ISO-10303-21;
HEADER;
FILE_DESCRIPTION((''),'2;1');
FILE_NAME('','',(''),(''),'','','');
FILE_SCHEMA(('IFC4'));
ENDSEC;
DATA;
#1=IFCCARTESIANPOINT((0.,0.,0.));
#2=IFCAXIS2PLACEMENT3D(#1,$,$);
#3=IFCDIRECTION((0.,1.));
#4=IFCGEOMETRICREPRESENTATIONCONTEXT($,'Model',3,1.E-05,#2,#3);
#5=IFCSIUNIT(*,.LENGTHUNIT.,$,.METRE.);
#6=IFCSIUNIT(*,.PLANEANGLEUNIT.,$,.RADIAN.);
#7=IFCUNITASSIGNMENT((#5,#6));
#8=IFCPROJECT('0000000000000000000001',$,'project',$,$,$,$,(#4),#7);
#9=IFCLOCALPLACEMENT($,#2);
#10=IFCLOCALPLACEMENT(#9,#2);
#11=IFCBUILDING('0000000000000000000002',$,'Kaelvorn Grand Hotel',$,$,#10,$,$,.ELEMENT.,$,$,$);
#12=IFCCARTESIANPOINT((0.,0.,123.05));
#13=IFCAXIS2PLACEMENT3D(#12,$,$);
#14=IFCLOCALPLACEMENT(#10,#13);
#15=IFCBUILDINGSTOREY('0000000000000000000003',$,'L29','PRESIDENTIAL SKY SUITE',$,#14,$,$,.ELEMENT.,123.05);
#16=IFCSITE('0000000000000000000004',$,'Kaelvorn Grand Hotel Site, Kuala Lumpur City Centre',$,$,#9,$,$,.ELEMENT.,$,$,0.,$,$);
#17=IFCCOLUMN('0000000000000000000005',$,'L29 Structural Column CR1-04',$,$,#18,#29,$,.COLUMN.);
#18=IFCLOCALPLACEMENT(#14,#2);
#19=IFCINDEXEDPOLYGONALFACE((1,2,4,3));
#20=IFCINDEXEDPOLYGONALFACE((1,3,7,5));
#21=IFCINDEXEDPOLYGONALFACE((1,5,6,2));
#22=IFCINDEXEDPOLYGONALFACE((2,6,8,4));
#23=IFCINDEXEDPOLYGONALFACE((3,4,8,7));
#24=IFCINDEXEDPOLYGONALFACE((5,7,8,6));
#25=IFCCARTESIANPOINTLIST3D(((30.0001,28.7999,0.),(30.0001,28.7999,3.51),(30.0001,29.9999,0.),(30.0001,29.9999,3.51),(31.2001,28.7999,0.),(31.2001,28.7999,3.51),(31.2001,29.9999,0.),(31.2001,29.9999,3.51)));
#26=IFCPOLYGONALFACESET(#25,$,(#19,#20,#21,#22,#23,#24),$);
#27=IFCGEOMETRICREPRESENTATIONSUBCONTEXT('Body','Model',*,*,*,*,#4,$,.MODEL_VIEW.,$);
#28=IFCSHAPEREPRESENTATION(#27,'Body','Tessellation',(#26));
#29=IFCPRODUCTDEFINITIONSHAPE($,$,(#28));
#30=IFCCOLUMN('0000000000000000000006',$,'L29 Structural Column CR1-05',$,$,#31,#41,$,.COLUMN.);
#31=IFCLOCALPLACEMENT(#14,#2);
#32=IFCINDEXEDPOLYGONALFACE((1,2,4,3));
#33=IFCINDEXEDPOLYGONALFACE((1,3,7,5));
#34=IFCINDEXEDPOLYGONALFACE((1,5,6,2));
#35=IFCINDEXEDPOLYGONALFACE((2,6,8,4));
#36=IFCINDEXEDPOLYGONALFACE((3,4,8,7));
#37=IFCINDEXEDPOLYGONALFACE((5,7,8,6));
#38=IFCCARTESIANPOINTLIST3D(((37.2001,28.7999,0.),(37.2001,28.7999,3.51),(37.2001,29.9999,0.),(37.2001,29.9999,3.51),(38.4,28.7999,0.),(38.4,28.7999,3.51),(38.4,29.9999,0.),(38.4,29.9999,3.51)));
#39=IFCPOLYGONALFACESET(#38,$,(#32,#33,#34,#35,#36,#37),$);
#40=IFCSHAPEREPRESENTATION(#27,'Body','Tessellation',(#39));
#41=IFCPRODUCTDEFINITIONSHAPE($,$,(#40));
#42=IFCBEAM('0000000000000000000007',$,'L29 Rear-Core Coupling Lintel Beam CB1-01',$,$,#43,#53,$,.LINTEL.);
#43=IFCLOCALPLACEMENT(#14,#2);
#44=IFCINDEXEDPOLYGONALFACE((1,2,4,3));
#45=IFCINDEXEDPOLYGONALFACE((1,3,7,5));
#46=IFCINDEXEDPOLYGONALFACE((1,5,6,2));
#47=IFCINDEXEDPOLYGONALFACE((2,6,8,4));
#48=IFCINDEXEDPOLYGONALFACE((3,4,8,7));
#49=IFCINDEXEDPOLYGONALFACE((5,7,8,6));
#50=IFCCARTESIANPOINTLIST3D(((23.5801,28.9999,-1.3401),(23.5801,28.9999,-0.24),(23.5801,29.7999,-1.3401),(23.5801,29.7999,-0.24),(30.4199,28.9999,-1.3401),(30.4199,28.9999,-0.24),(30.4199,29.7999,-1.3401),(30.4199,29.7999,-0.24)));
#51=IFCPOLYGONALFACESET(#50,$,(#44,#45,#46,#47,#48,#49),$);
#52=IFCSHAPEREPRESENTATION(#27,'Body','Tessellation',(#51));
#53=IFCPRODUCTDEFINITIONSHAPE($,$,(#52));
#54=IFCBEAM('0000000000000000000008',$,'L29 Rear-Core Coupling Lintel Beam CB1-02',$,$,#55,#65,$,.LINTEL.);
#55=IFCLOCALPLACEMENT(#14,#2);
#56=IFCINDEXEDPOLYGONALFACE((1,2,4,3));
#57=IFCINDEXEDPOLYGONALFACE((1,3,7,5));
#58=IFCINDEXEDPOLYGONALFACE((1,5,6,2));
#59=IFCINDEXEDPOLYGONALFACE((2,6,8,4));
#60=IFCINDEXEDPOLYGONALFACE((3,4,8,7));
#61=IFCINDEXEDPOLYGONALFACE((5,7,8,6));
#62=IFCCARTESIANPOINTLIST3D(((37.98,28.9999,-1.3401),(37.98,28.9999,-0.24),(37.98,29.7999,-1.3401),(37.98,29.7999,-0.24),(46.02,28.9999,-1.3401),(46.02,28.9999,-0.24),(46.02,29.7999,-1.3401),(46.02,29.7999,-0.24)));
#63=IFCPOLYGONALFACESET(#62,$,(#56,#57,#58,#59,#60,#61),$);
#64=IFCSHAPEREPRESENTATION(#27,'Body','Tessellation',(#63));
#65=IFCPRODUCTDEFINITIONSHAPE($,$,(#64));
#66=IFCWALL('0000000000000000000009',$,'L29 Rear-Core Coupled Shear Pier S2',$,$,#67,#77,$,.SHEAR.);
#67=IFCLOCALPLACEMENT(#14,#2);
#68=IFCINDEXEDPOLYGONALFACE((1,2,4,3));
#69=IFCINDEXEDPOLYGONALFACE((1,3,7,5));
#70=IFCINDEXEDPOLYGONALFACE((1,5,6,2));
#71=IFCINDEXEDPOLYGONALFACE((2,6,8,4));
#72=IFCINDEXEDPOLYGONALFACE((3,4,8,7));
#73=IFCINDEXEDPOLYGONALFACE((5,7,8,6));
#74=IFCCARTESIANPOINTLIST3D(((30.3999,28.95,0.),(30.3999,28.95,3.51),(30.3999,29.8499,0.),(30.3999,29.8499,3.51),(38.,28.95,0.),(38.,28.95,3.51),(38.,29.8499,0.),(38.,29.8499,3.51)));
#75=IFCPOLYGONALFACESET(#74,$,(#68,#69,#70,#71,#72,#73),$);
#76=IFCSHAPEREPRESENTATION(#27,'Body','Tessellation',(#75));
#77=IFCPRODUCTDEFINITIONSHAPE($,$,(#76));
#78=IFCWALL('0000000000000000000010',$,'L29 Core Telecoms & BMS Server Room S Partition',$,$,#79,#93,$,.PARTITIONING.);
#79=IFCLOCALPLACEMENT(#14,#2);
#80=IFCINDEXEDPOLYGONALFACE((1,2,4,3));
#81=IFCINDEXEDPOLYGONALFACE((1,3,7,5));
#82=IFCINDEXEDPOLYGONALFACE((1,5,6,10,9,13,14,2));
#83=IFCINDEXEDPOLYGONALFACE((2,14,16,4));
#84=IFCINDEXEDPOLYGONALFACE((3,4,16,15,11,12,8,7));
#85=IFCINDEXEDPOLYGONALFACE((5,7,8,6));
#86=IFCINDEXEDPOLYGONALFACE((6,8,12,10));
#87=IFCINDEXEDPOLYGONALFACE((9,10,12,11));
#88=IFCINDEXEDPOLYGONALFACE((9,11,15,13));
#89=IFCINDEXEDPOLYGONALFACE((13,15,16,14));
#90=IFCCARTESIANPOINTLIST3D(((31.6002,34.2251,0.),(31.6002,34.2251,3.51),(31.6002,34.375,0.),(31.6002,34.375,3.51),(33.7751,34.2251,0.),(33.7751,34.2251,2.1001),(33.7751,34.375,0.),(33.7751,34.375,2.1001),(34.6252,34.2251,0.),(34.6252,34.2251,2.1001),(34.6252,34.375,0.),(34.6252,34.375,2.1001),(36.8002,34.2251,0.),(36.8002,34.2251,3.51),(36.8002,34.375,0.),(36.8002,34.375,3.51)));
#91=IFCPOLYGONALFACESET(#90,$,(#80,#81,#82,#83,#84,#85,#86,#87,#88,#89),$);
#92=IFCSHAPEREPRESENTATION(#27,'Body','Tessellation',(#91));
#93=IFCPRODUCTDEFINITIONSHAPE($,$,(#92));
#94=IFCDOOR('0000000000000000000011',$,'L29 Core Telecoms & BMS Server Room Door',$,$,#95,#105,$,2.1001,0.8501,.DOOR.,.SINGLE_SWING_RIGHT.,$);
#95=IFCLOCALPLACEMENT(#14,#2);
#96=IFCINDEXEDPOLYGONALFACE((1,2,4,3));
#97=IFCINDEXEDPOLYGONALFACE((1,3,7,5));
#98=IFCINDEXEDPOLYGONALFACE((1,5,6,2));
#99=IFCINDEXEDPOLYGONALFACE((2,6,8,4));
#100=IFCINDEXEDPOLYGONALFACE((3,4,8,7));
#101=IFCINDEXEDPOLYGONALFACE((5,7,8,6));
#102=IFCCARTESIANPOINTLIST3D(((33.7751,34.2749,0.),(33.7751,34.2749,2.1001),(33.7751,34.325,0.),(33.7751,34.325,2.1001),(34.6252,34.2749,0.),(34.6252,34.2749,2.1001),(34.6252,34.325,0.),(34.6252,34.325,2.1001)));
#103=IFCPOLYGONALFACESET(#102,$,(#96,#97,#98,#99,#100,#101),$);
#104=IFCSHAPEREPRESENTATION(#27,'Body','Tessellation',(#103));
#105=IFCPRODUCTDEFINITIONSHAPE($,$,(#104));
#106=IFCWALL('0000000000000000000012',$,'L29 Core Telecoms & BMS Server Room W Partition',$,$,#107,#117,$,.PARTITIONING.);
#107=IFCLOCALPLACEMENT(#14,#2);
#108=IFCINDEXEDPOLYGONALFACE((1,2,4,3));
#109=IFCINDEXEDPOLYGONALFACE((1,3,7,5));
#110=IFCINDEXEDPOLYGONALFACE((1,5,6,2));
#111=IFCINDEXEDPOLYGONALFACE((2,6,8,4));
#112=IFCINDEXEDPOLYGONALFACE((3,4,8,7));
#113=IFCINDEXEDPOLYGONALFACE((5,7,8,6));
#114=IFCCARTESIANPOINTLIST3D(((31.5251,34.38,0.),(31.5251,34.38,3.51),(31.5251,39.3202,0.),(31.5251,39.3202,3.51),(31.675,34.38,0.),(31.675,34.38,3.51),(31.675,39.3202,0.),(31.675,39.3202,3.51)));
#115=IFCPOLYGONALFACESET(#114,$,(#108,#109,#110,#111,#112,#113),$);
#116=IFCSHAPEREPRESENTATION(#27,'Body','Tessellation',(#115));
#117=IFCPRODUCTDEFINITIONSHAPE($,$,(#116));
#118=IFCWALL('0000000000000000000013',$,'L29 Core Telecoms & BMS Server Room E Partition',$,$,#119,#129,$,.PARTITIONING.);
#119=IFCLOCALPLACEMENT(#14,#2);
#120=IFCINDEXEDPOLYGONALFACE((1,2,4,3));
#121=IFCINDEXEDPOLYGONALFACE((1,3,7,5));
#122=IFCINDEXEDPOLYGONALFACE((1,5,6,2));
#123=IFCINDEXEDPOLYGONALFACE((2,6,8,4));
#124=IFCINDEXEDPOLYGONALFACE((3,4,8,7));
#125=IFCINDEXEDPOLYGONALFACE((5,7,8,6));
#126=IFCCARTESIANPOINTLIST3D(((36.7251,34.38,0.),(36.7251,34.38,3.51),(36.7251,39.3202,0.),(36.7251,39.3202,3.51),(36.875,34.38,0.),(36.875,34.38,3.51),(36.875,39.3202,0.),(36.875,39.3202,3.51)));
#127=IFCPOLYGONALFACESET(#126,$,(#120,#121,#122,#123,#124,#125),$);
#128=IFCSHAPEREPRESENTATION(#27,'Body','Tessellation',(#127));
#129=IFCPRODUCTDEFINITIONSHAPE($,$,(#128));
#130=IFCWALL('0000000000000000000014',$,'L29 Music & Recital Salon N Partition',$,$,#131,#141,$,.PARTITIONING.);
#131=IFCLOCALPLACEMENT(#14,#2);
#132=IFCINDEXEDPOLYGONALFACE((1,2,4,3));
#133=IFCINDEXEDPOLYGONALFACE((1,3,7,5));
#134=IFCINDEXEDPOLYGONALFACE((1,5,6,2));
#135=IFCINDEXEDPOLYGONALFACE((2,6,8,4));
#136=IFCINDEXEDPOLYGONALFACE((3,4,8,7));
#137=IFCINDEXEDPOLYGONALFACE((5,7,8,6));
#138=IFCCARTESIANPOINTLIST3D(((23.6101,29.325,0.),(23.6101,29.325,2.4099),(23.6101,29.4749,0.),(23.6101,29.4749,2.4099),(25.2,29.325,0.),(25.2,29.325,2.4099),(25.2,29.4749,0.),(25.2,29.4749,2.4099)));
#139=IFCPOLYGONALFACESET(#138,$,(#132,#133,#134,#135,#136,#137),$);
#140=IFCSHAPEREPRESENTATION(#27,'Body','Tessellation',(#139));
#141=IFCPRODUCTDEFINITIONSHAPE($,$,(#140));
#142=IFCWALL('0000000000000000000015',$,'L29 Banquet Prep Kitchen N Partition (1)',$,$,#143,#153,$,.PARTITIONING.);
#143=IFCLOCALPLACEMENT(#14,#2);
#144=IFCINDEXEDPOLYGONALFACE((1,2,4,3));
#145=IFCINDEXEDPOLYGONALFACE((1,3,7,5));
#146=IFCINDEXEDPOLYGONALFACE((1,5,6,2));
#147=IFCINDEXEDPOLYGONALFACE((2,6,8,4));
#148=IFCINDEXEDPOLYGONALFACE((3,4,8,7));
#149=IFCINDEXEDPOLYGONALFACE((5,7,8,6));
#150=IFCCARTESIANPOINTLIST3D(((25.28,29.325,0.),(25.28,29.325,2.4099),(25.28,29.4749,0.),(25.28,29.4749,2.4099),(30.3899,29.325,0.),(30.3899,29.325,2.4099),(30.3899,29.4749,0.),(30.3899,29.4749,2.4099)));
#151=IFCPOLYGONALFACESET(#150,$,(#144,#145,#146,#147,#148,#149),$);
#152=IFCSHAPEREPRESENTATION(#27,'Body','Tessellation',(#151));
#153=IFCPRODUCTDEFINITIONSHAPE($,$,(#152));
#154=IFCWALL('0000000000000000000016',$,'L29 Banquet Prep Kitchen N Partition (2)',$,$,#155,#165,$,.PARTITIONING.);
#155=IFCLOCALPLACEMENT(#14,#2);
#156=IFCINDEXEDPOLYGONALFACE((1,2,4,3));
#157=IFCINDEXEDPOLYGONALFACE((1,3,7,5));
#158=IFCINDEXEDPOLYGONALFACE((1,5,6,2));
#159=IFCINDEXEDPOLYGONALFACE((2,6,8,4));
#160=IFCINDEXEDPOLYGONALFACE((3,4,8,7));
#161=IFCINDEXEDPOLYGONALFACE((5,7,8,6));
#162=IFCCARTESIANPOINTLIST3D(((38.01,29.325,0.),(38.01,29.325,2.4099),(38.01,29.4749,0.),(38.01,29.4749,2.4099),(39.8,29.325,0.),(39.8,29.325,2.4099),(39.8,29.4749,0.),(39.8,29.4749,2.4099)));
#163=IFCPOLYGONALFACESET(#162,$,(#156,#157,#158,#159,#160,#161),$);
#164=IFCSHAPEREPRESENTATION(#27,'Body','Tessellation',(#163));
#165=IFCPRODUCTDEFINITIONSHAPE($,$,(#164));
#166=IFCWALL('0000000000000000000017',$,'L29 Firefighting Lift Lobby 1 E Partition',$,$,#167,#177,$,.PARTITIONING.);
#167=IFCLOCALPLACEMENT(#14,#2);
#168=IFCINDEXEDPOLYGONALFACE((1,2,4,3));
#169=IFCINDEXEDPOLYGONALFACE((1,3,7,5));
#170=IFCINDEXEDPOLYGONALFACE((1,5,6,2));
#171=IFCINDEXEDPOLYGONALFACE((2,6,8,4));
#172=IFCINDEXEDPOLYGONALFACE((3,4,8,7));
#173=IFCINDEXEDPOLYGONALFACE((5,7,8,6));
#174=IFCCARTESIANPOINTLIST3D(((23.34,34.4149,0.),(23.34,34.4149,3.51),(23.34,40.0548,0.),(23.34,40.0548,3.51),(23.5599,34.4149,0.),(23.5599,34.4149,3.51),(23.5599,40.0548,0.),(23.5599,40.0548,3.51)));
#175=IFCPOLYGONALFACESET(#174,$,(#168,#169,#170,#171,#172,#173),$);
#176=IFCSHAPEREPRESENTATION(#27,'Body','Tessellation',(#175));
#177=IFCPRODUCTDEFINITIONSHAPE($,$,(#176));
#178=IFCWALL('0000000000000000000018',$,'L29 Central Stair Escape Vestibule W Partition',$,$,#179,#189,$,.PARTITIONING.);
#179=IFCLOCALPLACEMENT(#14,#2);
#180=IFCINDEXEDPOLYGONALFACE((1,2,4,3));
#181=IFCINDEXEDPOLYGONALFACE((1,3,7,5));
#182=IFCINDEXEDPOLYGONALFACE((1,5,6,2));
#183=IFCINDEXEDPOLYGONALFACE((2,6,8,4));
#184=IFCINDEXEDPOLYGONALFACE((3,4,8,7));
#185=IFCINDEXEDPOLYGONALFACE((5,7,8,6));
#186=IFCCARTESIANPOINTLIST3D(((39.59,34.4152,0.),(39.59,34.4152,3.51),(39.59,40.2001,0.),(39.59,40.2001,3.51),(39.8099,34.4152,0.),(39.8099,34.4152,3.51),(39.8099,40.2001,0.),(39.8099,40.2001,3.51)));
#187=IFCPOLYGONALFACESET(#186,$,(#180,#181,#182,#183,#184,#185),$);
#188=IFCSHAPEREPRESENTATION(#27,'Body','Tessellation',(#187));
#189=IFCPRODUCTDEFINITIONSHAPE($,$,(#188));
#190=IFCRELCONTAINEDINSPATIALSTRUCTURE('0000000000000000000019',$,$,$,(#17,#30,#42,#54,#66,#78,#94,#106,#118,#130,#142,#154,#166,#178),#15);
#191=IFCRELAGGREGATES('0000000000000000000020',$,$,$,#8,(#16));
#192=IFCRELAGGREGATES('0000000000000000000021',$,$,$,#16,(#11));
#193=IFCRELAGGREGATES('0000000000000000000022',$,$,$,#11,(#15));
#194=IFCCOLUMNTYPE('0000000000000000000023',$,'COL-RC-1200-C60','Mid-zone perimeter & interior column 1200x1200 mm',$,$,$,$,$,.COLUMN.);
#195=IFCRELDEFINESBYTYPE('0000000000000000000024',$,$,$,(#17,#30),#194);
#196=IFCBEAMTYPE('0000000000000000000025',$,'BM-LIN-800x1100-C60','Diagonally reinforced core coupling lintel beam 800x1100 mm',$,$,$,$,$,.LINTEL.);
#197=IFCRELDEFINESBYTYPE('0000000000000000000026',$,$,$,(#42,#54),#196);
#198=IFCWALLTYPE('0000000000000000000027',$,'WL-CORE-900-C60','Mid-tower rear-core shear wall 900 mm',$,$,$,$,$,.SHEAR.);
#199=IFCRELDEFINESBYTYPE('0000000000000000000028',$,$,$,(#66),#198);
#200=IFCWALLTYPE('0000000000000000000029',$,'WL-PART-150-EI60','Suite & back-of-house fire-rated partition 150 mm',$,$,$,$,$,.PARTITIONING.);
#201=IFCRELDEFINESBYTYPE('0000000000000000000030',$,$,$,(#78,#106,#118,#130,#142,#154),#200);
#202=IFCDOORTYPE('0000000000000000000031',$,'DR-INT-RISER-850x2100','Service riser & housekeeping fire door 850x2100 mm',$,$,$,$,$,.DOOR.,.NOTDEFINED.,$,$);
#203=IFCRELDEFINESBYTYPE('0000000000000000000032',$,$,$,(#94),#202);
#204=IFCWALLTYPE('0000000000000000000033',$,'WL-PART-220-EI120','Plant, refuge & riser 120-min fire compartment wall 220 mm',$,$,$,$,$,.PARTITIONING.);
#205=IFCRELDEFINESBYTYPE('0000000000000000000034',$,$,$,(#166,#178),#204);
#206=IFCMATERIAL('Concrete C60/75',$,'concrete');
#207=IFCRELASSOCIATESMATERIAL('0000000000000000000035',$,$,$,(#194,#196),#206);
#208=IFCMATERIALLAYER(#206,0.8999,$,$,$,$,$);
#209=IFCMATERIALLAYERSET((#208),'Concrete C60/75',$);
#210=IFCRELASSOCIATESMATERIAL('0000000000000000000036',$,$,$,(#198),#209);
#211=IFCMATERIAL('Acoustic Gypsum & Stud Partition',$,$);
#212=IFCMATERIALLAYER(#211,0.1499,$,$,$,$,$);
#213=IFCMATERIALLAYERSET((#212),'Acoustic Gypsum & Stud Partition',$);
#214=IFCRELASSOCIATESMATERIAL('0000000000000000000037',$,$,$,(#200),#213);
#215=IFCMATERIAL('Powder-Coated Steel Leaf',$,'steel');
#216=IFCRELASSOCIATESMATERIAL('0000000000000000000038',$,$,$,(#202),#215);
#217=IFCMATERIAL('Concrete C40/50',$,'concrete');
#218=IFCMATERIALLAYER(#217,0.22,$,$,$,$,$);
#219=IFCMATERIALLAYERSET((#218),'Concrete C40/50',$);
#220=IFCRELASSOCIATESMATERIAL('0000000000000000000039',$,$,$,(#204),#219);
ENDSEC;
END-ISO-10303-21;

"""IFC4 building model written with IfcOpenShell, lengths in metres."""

from ifc_helpers import new_model, si_unit, direction, frame, frame_2d, origin, origin_2d, place, context, subcontext, project, spatial, rectangle, extrude, material, layer, layer_set, material_profile, profile_set, type_object, element, fill, save


model = new_model("IFC4")

# Units and contexts
model_context = context("Model", 3, precision=1e-05, world=origin(), true_north=direction((0.0, 1.0)))
body_context = subcontext(model_context, "Body", "Model", "MODEL_VIEW")
ifc_project = project(units=[si_unit("LENGTHUNIT", "METRE"), si_unit("PLANEANGLEUNIT", "RADIAN")], contexts=[model_context])

# Site, building, storey
site_placement = place(None, origin())
site = spatial("IfcSite", under=ifc_project, at=site_placement, Name="Kaelvorn Grand Hotel Site, Kuala Lumpur City Centre", CompositionType="ELEMENT", RefElevation=0.0)
building_placement = place(site_placement, origin())
building = spatial("IfcBuilding", under=site, at=building_placement, Name="Kaelvorn Grand Hotel", CompositionType="ELEMENT")
storey_placement = place(building_placement, frame((0.0, 0.0, 123.05)))
storey = spatial("IfcBuildingStorey", under=building, at=storey_placement, Name="L29", Description="PRESIDENTIAL SKY SUITE", CompositionType="ELEMENT", Elevation=123.05)

# Columns
ifc_material_1 = material(Name="Concrete C60/75", Category="concrete")
ifc_material_profile_1 = material_profile(ifc_material_1, rectangle(XDim=1.2, YDim=1.2, at=origin_2d()), Name="RC COL 1200x1200")
ifc_profile_set_1 = profile_set([ifc_material_profile_1], Name="Concrete C60/75")
column_type = type_object("IfcColumnType", Name="COL-RC-1200-C60", Description="Mid-zone perimeter & interior column 1200x1200 mm", PredefinedType="COLUMN", material=ifc_profile_set_1)
for number, where, z_axis, x_axis, name in (
    (1, (30.6001, 29.3999, 0.0), (0.0, 0.0, 1.0), (1.0, 0.0, 0.0), "L29 Structural Column CR1-04"),
    (2, (37.8, 29.3999, 0.0), (0.0, 0.0, 1.0), (1.0, 0.0, 0.0), "L29 Structural Column CR1-05"),
):
    element("IfcColumn", number, at=place(storey_placement, frame(where, z_axis=z_axis, x_axis=x_axis)), inside=storey, type_object=column_type, Name=name, PredefinedType="COLUMN", context=body_context, shape_type="SweptSolid", body=[
        extrude(rectangle(XDim=1.2, YDim=1.2, at=origin_2d()), origin(), (0.0, 0.0, 1.0), 3.51),
    ])

# Beams
ifc_material_profile_2 = material_profile(ifc_material_1, rectangle(XDim=0.8, YDim=1.1001, at=origin_2d()), Name="RC LINTEL 800x1100")
ifc_profile_set_2 = profile_set([ifc_material_profile_2], Name="Concrete C60/75")
beam_type = type_object("IfcBeamType", Name="BM-LIN-800x1100-C60", Description="Diagonally reinforced core coupling lintel beam 800x1100 mm", PredefinedType="LINTEL", material=ifc_profile_set_2)
beam_1_placement = place(storey_placement, frame((23.5801, 29.3999, -0.79), z_axis=(1.0, 0.0, 0.0), x_axis=(0.0, 1.0, 0.0)))
element("IfcBeam", 3, at=beam_1_placement, inside=storey, type_object=beam_type, Name="L29 Rear-Core Coupling Lintel Beam CB1-01", PredefinedType="LINTEL", context=body_context, shape_type="SweptSolid", body=[
    extrude(rectangle(XDim=0.8, YDim=1.1001, at=origin_2d()), origin(), (0.0, 0.0, 1.0), 6.8398),
])
beam_2_placement = place(storey_placement, frame((37.98, 29.3999, -0.79), z_axis=(1.0, 0.0, 0.0), x_axis=(0.0, 1.0, 0.0)))
element("IfcBeam", 4, at=beam_2_placement, inside=storey, type_object=beam_type, Name="L29 Rear-Core Coupling Lintel Beam CB1-02", PredefinedType="LINTEL", context=body_context, shape_type="SweptSolid", body=[
    extrude(rectangle(XDim=0.8, YDim=1.1001, at=origin_2d()), origin(), (0.0, 0.0, 1.0), 8.04),
])

# Wall
ifc_layer_1 = layer(ifc_material_1, 0.8999)
ifc_layer_set_1 = layer_set([ifc_layer_1], Name="Concrete C60/75")
wall_type_1 = type_object("IfcWallType", Name="WL-CORE-900-C60", Description="Mid-tower rear-core shear wall 900 mm", PredefinedType="SHEAR", material=ifc_layer_set_1)
wall_1_placement = place(storey_placement, frame((30.3999, 29.3999, 0.0), z_axis=(0.0, 0.0, 1.0), x_axis=(1.0, 0.0, 0.0)))
element("IfcWall", 5, at=wall_1_placement, inside=storey, type_object=wall_type_1, Name="L29 Rear-Core Coupled Shear Pier S2", PredefinedType="SHEAR", context=body_context, shape_type="SweptSolid", body=[
    extrude(rectangle(XDim=7.6001, YDim=0.8999, at=frame_2d((3.8, 0.0))), origin(), (0.0, 0.0, 1.0), 3.51),
])

# Wall, opening, door
ifc_material_2 = material(Name="Acoustic Gypsum & Stud Partition")
ifc_layer_2 = layer(ifc_material_2, 0.1499)
ifc_layer_set_2 = layer_set([ifc_layer_2], Name="Acoustic Gypsum & Stud Partition")
wall_type_2 = type_object("IfcWallType", Name="WL-PART-150-EI60", Description="Suite & back-of-house fire-rated partition 150 mm", PredefinedType="PARTITIONING", material=ifc_layer_set_2)
wall_2_placement = place(storey_placement, frame((31.6001, 34.3, 0.0), z_axis=(0.0, 0.0, 1.0), x_axis=(1.0, 0.0, 0.0)))
wall_2 = element("IfcWall", 6, at=wall_2_placement, inside=storey, type_object=wall_type_2, Name="L29 Core Telecoms & BMS Server Room S Partition", PredefinedType="PARTITIONING", context=body_context, shape_type="SweptSolid", body=[
    extrude(rectangle(XDim=5.2, YDim=0.1499, at=frame_2d((2.6001, 0.0))), origin(), (0.0, 0.0, 1.0), 3.51),
])
opening_1_placement = place(wall_2_placement, frame((2.175, 0.0, 0.0)))
opening_1 = element("IfcOpeningElement", 7, at=opening_1_placement, cuts=wall_2, PredefinedType="OPENING", context=body_context, shape_type="SweptSolid", body=[
    extrude(rectangle(XDim=0.8501, YDim=2.1001, at=frame_2d((0.425, 1.05))), frame((0.0, 0.085, 0.0), z_axis=(0.0, -1.0, 0.0), x_axis=(1.0, 0.0, 0.0)), (0.0, 0.0, 1.0), 0.1699),
])
ifc_material_3 = material(Name="Powder-Coated Steel Leaf", Category="steel")
door_type_1 = type_object("IfcDoorType", Name="DR-INT-RISER-850x2100", Description="Service riser & housekeeping fire door 850x2100 mm", OperationType="NOTDEFINED", PredefinedType="DOOR", material=ifc_material_3)
door_1_placement = place(opening_1_placement, origin())
door_1 = element("IfcDoor", 8, at=door_1_placement, inside=storey, type_object=door_type_1, Name="L29 Core Telecoms & BMS Server Room Door", OperationType="SINGLE_SWING_RIGHT", OverallHeight=2.1001, OverallWidth=0.8501, PredefinedType="DOOR", context=body_context, shape_type="SweptSolid", body=[
    extrude(rectangle(XDim=0.8501, YDim=2.1001, at=frame_2d((0.425, 1.05))), frame((0.0, 0.0249, 0.0), z_axis=(0.0, -1.0, 0.0), x_axis=(1.0, 0.0, 0.0)), (0.0, 0.0, 1.0), 0.05),
])
fill(opening_1, door_1)

# Walls
for number, where, z_axis, x_axis, name in (
    (9, (31.6001, 34.3799, 0.0), (0.0, 0.0, 1.0), (0.0, 1.0, 0.0), "L29 Core Telecoms & BMS Server Room W Partition"),
    (10, (36.8, 34.3799, 0.0), (0.0, 0.0, 1.0), (0.0, 1.0, 0.0), "L29 Core Telecoms & BMS Server Room E Partition"),
):
    element("IfcWall", number, at=place(storey_placement, frame(where, z_axis=z_axis, x_axis=x_axis)), inside=storey, type_object=wall_type_2, Name=name, PredefinedType="PARTITIONING", context=body_context, shape_type="SweptSolid", body=[
        extrude(rectangle(XDim=4.9402, YDim=0.1499, at=frame_2d((2.4702, 0.0))), origin(), (0.0, 0.0, 1.0), 3.51),
    ])
wall_3_placement = place(storey_placement, frame((23.6101, 29.3999, 0.0), z_axis=(0.0, 0.0, 1.0), x_axis=(1.0, 0.0, 0.0)))
element("IfcWall", 11, at=wall_3_placement, inside=storey, type_object=wall_type_2, Name="L29 Music & Recital Salon N Partition", PredefinedType="PARTITIONING", context=body_context, shape_type="SweptSolid", body=[
    extrude(rectangle(XDim=1.5898, YDim=0.1499, at=frame_2d((0.7949, 0.0))), origin(), (0.0, 0.0, 1.0), 2.4099),
])
wall_4_placement = place(storey_placement, frame((25.28, 29.3999, 0.0), z_axis=(0.0, 0.0, 1.0), x_axis=(1.0, 0.0, 0.0)))
element("IfcWall", 12, at=wall_4_placement, inside=storey, type_object=wall_type_2, Name="L29 Banquet Prep Kitchen N Partition (1)", PredefinedType="PARTITIONING", context=body_context, shape_type="SweptSolid", body=[
    extrude(rectangle(XDim=5.1099, YDim=0.1499, at=frame_2d((2.5549, 0.0))), origin(), (0.0, 0.0, 1.0), 2.4099),
])
wall_5_placement = place(storey_placement, frame((38.01, 29.3999, 0.0), z_axis=(0.0, 0.0, 1.0), x_axis=(1.0, 0.0, 0.0)))
element("IfcWall", 13, at=wall_5_placement, inside=storey, type_object=wall_type_2, Name="L29 Banquet Prep Kitchen N Partition (2)", PredefinedType="PARTITIONING", context=body_context, shape_type="SweptSolid", body=[
    extrude(rectangle(XDim=1.79, YDim=0.1499, at=frame_2d((0.895, 0.0))), origin(), (0.0, 0.0, 1.0), 2.4099),
])
ifc_material_4 = material(Name="Concrete C40/50", Category="concrete")
ifc_layer_3 = layer(ifc_material_4, 0.22)
ifc_layer_set_3 = layer_set([ifc_layer_3], Name="Concrete C40/50")
wall_type_3 = type_object("IfcWallType", Name="WL-PART-220-EI120", Description="Plant, refuge & riser 120-min fire compartment wall 220 mm", PredefinedType="PARTITIONING", material=ifc_layer_set_3)
wall_6_placement = place(storey_placement, frame((23.45, 34.415, 0.0), z_axis=(0.0, 0.0, 1.0), x_axis=(0.0, 1.0, 0.0)))
element("IfcWall", 14, at=wall_6_placement, inside=storey, type_object=wall_type_3, Name="L29 Firefighting Lift Lobby 1 E Partition", PredefinedType="PARTITIONING", context=body_context, shape_type="SweptSolid", body=[
    extrude(rectangle(XDim=5.6399, YDim=0.22, at=frame_2d((2.8198, 0.0))), origin(), (0.0, 0.0, 1.0), 3.51),
])

# Wall
wall_7_placement = place(storey_placement, frame((39.7, 34.415, 0.0), z_axis=(0.0, 0.0, 1.0), x_axis=(0.0, 1.0, 0.0)))
element("IfcWall", 15, at=wall_7_placement, inside=storey, type_object=wall_type_3, Name="L29 Central Stair Escape Vestibule W Partition", PredefinedType="PARTITIONING", context=body_context, shape_type="SweptSolid", body=[
    extrude(rectangle(XDim=5.7849, YDim=0.22, at=frame_2d((2.8926, 0.0))), origin(), (0.0, 0.0, 1.0), 3.51),
])

save(model, "model.ifc")
